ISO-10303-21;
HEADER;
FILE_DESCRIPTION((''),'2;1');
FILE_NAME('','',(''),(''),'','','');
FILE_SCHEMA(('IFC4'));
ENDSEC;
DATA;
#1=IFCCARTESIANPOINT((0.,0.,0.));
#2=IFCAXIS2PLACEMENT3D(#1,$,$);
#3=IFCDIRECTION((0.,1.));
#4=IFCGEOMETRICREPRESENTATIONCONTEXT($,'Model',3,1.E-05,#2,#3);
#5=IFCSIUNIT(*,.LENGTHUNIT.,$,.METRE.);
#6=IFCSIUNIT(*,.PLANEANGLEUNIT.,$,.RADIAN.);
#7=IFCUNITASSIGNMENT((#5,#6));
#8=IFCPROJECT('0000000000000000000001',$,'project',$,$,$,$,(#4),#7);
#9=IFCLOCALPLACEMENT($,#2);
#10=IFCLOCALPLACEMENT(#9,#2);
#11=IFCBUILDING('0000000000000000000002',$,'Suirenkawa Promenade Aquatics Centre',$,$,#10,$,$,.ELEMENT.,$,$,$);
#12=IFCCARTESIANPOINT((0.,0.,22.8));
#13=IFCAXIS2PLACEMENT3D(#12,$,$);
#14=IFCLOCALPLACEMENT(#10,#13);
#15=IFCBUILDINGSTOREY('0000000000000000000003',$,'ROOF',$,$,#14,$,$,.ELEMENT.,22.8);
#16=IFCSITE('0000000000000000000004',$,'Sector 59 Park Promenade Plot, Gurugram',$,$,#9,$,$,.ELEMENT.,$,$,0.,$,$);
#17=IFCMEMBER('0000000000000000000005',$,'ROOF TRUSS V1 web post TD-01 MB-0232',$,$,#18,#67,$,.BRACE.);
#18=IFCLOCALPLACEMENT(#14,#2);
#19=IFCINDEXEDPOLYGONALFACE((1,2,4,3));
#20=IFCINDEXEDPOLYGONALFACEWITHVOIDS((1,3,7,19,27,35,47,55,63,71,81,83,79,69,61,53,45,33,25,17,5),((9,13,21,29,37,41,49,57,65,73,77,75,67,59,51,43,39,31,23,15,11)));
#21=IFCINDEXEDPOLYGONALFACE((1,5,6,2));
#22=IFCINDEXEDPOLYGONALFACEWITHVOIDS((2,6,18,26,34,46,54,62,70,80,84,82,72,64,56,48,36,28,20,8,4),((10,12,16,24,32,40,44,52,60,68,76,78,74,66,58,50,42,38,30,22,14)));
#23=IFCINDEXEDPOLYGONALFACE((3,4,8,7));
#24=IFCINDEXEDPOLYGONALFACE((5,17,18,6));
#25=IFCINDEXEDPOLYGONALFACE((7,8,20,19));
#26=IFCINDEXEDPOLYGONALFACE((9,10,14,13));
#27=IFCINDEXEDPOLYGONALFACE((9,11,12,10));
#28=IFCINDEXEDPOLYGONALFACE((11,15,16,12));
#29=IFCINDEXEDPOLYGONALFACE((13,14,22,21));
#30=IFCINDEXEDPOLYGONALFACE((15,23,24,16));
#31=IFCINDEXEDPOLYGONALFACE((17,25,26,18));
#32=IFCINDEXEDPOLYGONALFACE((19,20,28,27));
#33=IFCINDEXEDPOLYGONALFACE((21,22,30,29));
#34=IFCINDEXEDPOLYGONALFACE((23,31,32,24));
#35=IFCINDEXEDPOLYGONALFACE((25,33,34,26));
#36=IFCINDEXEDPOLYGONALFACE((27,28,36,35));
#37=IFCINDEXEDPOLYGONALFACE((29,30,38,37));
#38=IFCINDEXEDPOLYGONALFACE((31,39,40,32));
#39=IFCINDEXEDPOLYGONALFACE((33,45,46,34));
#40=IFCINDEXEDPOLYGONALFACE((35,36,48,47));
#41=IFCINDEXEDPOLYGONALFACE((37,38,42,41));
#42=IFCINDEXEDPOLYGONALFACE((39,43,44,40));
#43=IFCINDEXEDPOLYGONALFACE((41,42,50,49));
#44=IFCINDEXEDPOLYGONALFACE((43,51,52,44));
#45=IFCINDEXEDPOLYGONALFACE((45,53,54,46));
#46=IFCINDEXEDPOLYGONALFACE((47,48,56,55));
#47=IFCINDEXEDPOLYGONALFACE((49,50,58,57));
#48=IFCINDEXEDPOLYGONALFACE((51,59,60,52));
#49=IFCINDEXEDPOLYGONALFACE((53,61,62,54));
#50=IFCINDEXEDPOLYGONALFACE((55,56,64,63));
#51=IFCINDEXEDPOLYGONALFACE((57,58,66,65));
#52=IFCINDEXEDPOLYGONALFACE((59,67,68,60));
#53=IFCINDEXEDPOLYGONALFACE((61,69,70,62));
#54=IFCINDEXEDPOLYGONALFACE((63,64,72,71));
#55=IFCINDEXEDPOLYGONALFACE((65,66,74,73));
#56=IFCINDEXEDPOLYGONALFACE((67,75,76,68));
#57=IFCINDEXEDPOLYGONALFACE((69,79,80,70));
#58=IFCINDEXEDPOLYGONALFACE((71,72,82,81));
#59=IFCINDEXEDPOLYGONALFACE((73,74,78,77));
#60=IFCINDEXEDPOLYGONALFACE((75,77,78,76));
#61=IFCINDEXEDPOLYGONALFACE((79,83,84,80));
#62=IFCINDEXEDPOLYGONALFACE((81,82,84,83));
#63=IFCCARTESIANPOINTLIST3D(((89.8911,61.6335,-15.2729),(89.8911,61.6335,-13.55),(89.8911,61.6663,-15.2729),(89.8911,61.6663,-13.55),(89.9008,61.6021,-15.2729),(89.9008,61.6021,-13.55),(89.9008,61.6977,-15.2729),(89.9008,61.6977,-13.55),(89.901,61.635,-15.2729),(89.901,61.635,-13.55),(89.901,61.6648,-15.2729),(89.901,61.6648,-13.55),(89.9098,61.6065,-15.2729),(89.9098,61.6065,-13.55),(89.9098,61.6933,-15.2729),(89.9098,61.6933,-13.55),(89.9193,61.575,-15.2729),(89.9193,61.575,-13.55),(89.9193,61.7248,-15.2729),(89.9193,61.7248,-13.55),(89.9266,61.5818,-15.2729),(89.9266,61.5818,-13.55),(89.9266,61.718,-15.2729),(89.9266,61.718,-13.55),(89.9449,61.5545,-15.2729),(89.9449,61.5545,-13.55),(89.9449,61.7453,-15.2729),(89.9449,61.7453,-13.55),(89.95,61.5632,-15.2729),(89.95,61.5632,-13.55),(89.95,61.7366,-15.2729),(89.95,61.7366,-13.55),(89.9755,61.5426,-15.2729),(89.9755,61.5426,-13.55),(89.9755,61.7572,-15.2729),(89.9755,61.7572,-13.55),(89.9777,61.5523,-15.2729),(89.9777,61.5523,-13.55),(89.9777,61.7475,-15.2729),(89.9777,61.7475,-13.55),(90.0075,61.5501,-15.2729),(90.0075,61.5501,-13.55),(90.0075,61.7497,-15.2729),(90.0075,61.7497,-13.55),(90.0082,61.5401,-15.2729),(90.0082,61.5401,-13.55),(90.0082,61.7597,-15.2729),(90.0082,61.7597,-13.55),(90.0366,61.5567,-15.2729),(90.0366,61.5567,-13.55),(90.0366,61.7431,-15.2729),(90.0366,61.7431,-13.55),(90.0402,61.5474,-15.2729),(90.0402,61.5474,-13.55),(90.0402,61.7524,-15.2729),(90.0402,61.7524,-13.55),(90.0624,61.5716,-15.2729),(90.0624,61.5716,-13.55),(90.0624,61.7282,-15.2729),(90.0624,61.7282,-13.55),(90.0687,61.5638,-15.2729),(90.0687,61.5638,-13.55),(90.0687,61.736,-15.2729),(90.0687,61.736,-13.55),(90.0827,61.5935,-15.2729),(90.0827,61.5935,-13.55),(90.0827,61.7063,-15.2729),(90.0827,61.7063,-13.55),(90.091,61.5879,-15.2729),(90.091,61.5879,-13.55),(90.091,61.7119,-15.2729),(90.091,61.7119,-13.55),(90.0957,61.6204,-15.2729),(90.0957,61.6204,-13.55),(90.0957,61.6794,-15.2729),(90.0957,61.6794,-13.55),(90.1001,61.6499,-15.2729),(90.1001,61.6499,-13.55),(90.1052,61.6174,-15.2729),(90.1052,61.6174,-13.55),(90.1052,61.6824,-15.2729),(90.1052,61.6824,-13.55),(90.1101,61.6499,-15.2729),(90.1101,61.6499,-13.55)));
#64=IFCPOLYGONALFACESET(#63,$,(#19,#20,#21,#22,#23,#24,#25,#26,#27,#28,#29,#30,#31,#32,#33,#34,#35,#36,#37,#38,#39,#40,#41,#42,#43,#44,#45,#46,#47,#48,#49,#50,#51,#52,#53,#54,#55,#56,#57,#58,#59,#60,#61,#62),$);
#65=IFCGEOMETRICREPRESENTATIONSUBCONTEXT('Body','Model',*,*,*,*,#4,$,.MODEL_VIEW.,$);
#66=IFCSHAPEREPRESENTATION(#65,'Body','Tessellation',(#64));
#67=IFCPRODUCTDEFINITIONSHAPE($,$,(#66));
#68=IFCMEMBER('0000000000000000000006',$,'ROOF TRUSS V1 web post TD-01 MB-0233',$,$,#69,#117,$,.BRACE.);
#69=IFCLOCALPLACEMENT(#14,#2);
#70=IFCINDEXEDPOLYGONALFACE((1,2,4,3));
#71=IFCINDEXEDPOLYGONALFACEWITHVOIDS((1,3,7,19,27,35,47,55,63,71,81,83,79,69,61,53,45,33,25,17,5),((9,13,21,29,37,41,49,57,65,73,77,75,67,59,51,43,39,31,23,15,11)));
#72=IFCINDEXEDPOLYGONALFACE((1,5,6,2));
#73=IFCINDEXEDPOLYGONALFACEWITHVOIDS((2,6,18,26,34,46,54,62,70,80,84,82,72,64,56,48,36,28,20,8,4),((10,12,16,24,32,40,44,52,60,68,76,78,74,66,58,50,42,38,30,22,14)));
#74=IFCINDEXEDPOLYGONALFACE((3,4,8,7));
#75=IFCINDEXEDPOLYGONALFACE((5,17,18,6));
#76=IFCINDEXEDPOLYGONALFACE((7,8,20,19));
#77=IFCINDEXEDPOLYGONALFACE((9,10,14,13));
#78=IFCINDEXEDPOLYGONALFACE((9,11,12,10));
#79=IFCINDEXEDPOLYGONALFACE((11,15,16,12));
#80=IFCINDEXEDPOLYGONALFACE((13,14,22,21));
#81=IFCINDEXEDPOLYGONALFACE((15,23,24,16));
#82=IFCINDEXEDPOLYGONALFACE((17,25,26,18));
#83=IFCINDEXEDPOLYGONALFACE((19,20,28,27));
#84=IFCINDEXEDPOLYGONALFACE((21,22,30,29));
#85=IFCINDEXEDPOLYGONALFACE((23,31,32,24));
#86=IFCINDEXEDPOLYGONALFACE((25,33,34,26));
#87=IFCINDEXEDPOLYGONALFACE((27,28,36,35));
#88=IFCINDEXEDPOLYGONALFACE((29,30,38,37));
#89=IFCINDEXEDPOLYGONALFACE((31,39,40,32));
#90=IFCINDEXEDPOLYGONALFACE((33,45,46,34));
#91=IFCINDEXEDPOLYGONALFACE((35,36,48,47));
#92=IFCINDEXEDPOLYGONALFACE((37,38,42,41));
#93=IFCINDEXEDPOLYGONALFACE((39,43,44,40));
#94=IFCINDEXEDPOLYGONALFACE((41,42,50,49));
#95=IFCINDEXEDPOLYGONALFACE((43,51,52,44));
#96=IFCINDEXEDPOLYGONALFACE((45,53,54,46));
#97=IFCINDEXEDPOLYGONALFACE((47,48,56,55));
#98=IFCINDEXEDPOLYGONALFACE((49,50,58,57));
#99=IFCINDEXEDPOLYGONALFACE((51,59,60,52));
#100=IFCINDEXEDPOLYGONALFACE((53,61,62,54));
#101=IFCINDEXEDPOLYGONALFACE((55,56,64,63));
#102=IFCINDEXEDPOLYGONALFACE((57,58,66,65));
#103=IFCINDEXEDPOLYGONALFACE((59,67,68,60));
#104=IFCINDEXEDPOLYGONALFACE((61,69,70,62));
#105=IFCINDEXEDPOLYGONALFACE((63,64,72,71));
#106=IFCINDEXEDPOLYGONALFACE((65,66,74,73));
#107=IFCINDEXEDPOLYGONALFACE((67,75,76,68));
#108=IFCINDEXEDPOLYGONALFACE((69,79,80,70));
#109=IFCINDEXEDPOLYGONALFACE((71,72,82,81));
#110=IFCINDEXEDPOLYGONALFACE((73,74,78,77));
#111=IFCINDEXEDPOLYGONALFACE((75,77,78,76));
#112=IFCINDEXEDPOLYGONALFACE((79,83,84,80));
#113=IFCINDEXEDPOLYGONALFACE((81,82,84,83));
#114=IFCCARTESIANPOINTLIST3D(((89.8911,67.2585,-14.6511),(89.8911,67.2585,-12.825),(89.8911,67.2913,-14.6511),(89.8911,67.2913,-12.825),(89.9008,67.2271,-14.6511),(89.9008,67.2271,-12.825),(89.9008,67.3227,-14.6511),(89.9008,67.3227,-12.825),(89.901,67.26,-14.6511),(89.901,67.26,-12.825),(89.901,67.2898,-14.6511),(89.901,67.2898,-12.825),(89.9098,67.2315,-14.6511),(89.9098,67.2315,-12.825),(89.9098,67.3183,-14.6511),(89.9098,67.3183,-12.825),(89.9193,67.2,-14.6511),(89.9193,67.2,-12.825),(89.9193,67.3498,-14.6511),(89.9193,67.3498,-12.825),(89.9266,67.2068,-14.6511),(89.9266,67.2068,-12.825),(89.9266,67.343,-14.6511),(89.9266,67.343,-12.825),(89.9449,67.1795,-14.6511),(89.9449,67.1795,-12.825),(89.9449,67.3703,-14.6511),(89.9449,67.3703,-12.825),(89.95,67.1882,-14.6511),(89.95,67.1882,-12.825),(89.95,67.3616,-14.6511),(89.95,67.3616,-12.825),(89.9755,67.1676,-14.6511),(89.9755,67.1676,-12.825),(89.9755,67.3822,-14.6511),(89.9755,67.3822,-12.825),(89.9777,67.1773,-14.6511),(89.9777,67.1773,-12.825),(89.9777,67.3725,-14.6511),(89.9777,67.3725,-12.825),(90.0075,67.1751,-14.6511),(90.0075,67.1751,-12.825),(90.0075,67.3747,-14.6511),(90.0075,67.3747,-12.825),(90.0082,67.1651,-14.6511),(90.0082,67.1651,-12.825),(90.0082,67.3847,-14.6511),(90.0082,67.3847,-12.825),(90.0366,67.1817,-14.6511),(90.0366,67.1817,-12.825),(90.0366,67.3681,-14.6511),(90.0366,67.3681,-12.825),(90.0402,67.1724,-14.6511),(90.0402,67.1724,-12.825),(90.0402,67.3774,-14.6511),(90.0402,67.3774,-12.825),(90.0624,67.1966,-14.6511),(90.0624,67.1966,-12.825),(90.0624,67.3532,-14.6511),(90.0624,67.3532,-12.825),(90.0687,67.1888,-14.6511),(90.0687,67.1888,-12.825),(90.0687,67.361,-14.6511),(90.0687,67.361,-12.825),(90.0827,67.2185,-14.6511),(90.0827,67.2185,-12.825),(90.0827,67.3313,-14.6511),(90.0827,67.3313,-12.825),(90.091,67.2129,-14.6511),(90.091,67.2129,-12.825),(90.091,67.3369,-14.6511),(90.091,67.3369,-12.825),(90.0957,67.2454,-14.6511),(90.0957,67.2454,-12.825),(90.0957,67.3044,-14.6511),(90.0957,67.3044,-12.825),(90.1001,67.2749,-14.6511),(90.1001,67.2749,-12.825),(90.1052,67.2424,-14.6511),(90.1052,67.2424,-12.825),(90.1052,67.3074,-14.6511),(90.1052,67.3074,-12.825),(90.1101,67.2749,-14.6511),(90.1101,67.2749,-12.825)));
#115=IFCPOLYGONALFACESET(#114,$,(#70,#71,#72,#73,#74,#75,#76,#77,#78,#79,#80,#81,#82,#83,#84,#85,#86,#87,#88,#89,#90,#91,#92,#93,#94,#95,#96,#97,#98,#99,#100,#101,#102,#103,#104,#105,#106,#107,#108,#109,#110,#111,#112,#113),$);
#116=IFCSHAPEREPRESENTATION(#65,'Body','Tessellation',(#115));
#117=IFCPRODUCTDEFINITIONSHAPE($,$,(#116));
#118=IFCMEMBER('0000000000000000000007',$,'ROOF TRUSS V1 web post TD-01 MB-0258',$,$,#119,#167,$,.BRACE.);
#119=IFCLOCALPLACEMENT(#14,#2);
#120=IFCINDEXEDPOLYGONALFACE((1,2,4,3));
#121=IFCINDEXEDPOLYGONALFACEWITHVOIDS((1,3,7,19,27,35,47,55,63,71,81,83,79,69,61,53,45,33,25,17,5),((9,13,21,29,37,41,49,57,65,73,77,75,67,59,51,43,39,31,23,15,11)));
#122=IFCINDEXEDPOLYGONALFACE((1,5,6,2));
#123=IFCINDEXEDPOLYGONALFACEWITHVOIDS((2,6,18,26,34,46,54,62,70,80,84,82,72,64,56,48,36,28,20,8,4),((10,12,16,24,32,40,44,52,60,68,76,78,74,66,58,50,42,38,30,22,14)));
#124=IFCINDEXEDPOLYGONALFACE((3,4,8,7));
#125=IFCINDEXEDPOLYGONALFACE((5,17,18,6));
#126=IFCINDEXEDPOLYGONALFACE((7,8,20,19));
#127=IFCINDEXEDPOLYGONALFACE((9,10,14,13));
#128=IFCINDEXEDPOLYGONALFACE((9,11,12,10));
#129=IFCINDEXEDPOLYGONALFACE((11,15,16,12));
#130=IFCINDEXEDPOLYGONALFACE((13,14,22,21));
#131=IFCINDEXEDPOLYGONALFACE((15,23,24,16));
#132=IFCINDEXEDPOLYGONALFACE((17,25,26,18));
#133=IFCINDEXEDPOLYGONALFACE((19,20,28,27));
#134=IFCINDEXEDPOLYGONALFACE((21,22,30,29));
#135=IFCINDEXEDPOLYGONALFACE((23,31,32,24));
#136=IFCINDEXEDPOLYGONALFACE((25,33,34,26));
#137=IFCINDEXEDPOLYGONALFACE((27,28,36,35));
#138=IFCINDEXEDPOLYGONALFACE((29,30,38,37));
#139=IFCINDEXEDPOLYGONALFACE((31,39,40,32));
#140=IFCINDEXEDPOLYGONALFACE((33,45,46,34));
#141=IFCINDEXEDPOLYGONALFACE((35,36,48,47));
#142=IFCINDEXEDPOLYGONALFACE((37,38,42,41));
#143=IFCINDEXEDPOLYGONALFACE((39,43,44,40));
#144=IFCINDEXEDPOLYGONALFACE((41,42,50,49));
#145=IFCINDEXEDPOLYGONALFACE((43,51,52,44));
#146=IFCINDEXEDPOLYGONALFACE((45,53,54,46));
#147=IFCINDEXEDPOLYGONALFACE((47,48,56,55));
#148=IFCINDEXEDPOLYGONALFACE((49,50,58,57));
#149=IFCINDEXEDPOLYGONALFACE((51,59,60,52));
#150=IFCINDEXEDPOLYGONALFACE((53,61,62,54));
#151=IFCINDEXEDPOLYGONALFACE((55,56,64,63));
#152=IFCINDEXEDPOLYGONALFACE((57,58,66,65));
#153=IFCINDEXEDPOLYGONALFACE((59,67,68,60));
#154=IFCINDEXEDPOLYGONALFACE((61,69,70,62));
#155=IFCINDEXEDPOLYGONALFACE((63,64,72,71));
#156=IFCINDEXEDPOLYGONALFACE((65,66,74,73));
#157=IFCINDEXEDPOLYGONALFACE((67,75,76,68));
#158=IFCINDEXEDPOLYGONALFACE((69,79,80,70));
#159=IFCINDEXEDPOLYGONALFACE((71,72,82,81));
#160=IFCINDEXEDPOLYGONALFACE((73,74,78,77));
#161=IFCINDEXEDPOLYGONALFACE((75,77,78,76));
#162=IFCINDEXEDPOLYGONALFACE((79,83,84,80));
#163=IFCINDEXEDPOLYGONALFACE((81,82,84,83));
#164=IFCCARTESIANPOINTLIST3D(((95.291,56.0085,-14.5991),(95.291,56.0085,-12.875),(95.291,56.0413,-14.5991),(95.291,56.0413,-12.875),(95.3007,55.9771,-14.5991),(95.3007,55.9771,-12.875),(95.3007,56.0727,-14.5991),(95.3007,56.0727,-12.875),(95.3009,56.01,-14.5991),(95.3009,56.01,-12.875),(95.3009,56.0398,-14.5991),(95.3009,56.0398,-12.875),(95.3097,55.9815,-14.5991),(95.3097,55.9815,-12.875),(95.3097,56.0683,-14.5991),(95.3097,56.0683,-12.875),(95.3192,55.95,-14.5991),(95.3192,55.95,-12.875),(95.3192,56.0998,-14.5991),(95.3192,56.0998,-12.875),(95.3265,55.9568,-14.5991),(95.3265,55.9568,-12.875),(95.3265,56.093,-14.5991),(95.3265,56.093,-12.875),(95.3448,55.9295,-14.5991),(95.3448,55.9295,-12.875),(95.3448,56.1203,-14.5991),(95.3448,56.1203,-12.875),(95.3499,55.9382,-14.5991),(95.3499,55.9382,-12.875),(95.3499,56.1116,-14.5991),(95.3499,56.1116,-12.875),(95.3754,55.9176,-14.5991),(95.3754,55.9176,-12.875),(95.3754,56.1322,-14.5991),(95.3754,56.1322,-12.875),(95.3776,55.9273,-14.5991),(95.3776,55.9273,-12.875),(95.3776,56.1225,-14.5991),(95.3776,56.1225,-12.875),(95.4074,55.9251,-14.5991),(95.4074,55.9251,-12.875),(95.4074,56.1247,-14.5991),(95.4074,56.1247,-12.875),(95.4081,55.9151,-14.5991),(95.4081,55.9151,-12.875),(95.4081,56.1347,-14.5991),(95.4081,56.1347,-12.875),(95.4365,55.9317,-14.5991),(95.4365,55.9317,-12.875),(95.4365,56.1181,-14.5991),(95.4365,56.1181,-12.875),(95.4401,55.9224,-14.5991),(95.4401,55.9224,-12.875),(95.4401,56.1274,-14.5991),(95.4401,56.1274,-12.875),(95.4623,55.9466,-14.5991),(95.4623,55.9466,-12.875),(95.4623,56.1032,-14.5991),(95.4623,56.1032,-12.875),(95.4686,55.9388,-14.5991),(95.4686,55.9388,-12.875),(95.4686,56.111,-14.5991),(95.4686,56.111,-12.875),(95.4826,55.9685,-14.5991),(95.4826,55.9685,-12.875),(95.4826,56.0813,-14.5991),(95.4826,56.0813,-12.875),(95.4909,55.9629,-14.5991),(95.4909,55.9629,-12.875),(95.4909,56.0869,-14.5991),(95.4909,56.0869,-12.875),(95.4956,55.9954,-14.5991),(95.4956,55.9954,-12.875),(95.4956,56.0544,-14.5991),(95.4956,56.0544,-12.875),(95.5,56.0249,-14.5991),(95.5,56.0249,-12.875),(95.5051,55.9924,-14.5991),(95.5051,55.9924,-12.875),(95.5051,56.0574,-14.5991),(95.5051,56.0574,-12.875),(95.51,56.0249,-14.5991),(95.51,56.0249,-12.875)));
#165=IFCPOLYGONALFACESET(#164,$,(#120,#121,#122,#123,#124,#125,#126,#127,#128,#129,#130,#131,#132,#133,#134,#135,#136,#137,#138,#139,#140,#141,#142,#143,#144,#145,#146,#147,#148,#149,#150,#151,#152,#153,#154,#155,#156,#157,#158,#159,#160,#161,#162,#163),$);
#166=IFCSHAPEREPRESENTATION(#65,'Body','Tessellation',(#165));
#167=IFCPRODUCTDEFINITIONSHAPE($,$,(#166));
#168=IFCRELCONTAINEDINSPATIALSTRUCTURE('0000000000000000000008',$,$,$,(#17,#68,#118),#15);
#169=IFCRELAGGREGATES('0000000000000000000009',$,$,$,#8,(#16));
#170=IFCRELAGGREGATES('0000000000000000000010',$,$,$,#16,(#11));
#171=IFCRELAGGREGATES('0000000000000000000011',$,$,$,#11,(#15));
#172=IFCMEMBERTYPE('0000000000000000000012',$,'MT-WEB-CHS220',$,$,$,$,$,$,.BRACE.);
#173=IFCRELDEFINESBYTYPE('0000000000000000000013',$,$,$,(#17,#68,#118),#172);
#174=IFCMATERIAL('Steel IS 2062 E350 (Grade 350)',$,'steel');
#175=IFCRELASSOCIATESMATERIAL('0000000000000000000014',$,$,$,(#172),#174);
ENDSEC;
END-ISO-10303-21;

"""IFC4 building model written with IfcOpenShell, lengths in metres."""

from ifc_helpers import new_model, si_unit, direction, frame, origin, origin_2d, place, context, subcontext, project, spatial, hollow_circle, extrude, material, material_profile, profile_set, type_object, element, save


model = new_model("IFC4")

# Units and contexts
model_context = context("Model", 3, precision=1e-05, world=origin(), true_north=direction((0.0, 1.0)))
body_context = subcontext(model_context, "Body", "Model", "MODEL_VIEW")
ifc_project = project(units=[si_unit("LENGTHUNIT", "METRE"), si_unit("PLANEANGLEUNIT", "RADIAN")], contexts=[model_context])

# Site, building, storey
site_placement = place(None, origin())
site = spatial("IfcSite", under=ifc_project, at=site_placement, Name="Sector 59 Park Promenade Plot, Gurugram", CompositionType="ELEMENT", RefElevation=0.0)
building_placement = place(site_placement, origin())
building = spatial("IfcBuilding", under=site, at=building_placement, Name="Suirenkawa Promenade Aquatics Centre", CompositionType="ELEMENT")
storey_placement = place(building_placement, frame((0.0, 0.0, 22.8)))
storey = spatial("IfcBuildingStorey", under=building, at=storey_placement, Name="ROOF", CompositionType="ELEMENT", Elevation=22.8)

# Shared definitions
ifc_material = material(Name="Steel IS 2062 E350 (Grade 350)", Category="steel")

# Members
ifc_material_profile_1 = material_profile(ifc_material, hollow_circle(Radius=0.1101, WallThickness=0.01, at=origin_2d()), Name="CHS 220x10", Category="steel")
ifc_profile_set_1 = profile_set([ifc_material_profile_1], Name="Steel IS 2062 E350 (Grade 350)")
member_type_1 = type_object("IfcMemberType", Name="MT-WEB-CHS220", PredefinedType="BRACE", material=ifc_profile_set_1)
member_1_placement = place(storey_placement, frame((90.0, 61.6499, -15.2729), z_axis=(0.0, 0.0, 1.0), x_axis=(1.0, 0.0, 0.0)))
element("IfcMember", 1, at=member_1_placement, inside=storey, type_object=member_type_1, Name="ROOF TRUSS V1 web post TD-01 MB-0232", PredefinedType="BRACE", context=body_context, shape_type="SweptSolid", body=[
    extrude(hollow_circle(Radius=0.1101, WallThickness=0.01, at=origin_2d()), origin(), (0.0, 0.0, 1.0), 1.7229),
])
member_2_placement = place(storey_placement, frame((90.0, 67.2749, -14.6511), z_axis=(0.0, 0.0, 1.0), x_axis=(1.0, 0.0, 0.0)))
element("IfcMember", 2, at=member_2_placement, inside=storey, type_object=member_type_1, Name="ROOF TRUSS V1 web post TD-01 MB-0233", PredefinedType="BRACE", context=body_context, shape_type="SweptSolid", body=[
    extrude(hollow_circle(Radius=0.1101, WallThickness=0.01, at=origin_2d()), origin(), (0.0, 0.0, 1.0), 1.8262),
])
member_3_placement = place(storey_placement, frame((95.3999, 56.0249, -14.5991), z_axis=(0.0, 0.0, 1.0), x_axis=(1.0, 0.0, 0.0)))
element("IfcMember", 3, at=member_3_placement, inside=storey, type_object=member_type_1, Name="ROOF TRUSS V1 web post TD-01 MB-0258", PredefinedType="BRACE", context=body_context, shape_type="SweptSolid", body=[
    extrude(hollow_circle(Radius=0.1101, WallThickness=0.01, at=origin_2d()), origin(), (0.0, 0.0, 1.0), 1.7241),
])

save(model, "model.ifc")
